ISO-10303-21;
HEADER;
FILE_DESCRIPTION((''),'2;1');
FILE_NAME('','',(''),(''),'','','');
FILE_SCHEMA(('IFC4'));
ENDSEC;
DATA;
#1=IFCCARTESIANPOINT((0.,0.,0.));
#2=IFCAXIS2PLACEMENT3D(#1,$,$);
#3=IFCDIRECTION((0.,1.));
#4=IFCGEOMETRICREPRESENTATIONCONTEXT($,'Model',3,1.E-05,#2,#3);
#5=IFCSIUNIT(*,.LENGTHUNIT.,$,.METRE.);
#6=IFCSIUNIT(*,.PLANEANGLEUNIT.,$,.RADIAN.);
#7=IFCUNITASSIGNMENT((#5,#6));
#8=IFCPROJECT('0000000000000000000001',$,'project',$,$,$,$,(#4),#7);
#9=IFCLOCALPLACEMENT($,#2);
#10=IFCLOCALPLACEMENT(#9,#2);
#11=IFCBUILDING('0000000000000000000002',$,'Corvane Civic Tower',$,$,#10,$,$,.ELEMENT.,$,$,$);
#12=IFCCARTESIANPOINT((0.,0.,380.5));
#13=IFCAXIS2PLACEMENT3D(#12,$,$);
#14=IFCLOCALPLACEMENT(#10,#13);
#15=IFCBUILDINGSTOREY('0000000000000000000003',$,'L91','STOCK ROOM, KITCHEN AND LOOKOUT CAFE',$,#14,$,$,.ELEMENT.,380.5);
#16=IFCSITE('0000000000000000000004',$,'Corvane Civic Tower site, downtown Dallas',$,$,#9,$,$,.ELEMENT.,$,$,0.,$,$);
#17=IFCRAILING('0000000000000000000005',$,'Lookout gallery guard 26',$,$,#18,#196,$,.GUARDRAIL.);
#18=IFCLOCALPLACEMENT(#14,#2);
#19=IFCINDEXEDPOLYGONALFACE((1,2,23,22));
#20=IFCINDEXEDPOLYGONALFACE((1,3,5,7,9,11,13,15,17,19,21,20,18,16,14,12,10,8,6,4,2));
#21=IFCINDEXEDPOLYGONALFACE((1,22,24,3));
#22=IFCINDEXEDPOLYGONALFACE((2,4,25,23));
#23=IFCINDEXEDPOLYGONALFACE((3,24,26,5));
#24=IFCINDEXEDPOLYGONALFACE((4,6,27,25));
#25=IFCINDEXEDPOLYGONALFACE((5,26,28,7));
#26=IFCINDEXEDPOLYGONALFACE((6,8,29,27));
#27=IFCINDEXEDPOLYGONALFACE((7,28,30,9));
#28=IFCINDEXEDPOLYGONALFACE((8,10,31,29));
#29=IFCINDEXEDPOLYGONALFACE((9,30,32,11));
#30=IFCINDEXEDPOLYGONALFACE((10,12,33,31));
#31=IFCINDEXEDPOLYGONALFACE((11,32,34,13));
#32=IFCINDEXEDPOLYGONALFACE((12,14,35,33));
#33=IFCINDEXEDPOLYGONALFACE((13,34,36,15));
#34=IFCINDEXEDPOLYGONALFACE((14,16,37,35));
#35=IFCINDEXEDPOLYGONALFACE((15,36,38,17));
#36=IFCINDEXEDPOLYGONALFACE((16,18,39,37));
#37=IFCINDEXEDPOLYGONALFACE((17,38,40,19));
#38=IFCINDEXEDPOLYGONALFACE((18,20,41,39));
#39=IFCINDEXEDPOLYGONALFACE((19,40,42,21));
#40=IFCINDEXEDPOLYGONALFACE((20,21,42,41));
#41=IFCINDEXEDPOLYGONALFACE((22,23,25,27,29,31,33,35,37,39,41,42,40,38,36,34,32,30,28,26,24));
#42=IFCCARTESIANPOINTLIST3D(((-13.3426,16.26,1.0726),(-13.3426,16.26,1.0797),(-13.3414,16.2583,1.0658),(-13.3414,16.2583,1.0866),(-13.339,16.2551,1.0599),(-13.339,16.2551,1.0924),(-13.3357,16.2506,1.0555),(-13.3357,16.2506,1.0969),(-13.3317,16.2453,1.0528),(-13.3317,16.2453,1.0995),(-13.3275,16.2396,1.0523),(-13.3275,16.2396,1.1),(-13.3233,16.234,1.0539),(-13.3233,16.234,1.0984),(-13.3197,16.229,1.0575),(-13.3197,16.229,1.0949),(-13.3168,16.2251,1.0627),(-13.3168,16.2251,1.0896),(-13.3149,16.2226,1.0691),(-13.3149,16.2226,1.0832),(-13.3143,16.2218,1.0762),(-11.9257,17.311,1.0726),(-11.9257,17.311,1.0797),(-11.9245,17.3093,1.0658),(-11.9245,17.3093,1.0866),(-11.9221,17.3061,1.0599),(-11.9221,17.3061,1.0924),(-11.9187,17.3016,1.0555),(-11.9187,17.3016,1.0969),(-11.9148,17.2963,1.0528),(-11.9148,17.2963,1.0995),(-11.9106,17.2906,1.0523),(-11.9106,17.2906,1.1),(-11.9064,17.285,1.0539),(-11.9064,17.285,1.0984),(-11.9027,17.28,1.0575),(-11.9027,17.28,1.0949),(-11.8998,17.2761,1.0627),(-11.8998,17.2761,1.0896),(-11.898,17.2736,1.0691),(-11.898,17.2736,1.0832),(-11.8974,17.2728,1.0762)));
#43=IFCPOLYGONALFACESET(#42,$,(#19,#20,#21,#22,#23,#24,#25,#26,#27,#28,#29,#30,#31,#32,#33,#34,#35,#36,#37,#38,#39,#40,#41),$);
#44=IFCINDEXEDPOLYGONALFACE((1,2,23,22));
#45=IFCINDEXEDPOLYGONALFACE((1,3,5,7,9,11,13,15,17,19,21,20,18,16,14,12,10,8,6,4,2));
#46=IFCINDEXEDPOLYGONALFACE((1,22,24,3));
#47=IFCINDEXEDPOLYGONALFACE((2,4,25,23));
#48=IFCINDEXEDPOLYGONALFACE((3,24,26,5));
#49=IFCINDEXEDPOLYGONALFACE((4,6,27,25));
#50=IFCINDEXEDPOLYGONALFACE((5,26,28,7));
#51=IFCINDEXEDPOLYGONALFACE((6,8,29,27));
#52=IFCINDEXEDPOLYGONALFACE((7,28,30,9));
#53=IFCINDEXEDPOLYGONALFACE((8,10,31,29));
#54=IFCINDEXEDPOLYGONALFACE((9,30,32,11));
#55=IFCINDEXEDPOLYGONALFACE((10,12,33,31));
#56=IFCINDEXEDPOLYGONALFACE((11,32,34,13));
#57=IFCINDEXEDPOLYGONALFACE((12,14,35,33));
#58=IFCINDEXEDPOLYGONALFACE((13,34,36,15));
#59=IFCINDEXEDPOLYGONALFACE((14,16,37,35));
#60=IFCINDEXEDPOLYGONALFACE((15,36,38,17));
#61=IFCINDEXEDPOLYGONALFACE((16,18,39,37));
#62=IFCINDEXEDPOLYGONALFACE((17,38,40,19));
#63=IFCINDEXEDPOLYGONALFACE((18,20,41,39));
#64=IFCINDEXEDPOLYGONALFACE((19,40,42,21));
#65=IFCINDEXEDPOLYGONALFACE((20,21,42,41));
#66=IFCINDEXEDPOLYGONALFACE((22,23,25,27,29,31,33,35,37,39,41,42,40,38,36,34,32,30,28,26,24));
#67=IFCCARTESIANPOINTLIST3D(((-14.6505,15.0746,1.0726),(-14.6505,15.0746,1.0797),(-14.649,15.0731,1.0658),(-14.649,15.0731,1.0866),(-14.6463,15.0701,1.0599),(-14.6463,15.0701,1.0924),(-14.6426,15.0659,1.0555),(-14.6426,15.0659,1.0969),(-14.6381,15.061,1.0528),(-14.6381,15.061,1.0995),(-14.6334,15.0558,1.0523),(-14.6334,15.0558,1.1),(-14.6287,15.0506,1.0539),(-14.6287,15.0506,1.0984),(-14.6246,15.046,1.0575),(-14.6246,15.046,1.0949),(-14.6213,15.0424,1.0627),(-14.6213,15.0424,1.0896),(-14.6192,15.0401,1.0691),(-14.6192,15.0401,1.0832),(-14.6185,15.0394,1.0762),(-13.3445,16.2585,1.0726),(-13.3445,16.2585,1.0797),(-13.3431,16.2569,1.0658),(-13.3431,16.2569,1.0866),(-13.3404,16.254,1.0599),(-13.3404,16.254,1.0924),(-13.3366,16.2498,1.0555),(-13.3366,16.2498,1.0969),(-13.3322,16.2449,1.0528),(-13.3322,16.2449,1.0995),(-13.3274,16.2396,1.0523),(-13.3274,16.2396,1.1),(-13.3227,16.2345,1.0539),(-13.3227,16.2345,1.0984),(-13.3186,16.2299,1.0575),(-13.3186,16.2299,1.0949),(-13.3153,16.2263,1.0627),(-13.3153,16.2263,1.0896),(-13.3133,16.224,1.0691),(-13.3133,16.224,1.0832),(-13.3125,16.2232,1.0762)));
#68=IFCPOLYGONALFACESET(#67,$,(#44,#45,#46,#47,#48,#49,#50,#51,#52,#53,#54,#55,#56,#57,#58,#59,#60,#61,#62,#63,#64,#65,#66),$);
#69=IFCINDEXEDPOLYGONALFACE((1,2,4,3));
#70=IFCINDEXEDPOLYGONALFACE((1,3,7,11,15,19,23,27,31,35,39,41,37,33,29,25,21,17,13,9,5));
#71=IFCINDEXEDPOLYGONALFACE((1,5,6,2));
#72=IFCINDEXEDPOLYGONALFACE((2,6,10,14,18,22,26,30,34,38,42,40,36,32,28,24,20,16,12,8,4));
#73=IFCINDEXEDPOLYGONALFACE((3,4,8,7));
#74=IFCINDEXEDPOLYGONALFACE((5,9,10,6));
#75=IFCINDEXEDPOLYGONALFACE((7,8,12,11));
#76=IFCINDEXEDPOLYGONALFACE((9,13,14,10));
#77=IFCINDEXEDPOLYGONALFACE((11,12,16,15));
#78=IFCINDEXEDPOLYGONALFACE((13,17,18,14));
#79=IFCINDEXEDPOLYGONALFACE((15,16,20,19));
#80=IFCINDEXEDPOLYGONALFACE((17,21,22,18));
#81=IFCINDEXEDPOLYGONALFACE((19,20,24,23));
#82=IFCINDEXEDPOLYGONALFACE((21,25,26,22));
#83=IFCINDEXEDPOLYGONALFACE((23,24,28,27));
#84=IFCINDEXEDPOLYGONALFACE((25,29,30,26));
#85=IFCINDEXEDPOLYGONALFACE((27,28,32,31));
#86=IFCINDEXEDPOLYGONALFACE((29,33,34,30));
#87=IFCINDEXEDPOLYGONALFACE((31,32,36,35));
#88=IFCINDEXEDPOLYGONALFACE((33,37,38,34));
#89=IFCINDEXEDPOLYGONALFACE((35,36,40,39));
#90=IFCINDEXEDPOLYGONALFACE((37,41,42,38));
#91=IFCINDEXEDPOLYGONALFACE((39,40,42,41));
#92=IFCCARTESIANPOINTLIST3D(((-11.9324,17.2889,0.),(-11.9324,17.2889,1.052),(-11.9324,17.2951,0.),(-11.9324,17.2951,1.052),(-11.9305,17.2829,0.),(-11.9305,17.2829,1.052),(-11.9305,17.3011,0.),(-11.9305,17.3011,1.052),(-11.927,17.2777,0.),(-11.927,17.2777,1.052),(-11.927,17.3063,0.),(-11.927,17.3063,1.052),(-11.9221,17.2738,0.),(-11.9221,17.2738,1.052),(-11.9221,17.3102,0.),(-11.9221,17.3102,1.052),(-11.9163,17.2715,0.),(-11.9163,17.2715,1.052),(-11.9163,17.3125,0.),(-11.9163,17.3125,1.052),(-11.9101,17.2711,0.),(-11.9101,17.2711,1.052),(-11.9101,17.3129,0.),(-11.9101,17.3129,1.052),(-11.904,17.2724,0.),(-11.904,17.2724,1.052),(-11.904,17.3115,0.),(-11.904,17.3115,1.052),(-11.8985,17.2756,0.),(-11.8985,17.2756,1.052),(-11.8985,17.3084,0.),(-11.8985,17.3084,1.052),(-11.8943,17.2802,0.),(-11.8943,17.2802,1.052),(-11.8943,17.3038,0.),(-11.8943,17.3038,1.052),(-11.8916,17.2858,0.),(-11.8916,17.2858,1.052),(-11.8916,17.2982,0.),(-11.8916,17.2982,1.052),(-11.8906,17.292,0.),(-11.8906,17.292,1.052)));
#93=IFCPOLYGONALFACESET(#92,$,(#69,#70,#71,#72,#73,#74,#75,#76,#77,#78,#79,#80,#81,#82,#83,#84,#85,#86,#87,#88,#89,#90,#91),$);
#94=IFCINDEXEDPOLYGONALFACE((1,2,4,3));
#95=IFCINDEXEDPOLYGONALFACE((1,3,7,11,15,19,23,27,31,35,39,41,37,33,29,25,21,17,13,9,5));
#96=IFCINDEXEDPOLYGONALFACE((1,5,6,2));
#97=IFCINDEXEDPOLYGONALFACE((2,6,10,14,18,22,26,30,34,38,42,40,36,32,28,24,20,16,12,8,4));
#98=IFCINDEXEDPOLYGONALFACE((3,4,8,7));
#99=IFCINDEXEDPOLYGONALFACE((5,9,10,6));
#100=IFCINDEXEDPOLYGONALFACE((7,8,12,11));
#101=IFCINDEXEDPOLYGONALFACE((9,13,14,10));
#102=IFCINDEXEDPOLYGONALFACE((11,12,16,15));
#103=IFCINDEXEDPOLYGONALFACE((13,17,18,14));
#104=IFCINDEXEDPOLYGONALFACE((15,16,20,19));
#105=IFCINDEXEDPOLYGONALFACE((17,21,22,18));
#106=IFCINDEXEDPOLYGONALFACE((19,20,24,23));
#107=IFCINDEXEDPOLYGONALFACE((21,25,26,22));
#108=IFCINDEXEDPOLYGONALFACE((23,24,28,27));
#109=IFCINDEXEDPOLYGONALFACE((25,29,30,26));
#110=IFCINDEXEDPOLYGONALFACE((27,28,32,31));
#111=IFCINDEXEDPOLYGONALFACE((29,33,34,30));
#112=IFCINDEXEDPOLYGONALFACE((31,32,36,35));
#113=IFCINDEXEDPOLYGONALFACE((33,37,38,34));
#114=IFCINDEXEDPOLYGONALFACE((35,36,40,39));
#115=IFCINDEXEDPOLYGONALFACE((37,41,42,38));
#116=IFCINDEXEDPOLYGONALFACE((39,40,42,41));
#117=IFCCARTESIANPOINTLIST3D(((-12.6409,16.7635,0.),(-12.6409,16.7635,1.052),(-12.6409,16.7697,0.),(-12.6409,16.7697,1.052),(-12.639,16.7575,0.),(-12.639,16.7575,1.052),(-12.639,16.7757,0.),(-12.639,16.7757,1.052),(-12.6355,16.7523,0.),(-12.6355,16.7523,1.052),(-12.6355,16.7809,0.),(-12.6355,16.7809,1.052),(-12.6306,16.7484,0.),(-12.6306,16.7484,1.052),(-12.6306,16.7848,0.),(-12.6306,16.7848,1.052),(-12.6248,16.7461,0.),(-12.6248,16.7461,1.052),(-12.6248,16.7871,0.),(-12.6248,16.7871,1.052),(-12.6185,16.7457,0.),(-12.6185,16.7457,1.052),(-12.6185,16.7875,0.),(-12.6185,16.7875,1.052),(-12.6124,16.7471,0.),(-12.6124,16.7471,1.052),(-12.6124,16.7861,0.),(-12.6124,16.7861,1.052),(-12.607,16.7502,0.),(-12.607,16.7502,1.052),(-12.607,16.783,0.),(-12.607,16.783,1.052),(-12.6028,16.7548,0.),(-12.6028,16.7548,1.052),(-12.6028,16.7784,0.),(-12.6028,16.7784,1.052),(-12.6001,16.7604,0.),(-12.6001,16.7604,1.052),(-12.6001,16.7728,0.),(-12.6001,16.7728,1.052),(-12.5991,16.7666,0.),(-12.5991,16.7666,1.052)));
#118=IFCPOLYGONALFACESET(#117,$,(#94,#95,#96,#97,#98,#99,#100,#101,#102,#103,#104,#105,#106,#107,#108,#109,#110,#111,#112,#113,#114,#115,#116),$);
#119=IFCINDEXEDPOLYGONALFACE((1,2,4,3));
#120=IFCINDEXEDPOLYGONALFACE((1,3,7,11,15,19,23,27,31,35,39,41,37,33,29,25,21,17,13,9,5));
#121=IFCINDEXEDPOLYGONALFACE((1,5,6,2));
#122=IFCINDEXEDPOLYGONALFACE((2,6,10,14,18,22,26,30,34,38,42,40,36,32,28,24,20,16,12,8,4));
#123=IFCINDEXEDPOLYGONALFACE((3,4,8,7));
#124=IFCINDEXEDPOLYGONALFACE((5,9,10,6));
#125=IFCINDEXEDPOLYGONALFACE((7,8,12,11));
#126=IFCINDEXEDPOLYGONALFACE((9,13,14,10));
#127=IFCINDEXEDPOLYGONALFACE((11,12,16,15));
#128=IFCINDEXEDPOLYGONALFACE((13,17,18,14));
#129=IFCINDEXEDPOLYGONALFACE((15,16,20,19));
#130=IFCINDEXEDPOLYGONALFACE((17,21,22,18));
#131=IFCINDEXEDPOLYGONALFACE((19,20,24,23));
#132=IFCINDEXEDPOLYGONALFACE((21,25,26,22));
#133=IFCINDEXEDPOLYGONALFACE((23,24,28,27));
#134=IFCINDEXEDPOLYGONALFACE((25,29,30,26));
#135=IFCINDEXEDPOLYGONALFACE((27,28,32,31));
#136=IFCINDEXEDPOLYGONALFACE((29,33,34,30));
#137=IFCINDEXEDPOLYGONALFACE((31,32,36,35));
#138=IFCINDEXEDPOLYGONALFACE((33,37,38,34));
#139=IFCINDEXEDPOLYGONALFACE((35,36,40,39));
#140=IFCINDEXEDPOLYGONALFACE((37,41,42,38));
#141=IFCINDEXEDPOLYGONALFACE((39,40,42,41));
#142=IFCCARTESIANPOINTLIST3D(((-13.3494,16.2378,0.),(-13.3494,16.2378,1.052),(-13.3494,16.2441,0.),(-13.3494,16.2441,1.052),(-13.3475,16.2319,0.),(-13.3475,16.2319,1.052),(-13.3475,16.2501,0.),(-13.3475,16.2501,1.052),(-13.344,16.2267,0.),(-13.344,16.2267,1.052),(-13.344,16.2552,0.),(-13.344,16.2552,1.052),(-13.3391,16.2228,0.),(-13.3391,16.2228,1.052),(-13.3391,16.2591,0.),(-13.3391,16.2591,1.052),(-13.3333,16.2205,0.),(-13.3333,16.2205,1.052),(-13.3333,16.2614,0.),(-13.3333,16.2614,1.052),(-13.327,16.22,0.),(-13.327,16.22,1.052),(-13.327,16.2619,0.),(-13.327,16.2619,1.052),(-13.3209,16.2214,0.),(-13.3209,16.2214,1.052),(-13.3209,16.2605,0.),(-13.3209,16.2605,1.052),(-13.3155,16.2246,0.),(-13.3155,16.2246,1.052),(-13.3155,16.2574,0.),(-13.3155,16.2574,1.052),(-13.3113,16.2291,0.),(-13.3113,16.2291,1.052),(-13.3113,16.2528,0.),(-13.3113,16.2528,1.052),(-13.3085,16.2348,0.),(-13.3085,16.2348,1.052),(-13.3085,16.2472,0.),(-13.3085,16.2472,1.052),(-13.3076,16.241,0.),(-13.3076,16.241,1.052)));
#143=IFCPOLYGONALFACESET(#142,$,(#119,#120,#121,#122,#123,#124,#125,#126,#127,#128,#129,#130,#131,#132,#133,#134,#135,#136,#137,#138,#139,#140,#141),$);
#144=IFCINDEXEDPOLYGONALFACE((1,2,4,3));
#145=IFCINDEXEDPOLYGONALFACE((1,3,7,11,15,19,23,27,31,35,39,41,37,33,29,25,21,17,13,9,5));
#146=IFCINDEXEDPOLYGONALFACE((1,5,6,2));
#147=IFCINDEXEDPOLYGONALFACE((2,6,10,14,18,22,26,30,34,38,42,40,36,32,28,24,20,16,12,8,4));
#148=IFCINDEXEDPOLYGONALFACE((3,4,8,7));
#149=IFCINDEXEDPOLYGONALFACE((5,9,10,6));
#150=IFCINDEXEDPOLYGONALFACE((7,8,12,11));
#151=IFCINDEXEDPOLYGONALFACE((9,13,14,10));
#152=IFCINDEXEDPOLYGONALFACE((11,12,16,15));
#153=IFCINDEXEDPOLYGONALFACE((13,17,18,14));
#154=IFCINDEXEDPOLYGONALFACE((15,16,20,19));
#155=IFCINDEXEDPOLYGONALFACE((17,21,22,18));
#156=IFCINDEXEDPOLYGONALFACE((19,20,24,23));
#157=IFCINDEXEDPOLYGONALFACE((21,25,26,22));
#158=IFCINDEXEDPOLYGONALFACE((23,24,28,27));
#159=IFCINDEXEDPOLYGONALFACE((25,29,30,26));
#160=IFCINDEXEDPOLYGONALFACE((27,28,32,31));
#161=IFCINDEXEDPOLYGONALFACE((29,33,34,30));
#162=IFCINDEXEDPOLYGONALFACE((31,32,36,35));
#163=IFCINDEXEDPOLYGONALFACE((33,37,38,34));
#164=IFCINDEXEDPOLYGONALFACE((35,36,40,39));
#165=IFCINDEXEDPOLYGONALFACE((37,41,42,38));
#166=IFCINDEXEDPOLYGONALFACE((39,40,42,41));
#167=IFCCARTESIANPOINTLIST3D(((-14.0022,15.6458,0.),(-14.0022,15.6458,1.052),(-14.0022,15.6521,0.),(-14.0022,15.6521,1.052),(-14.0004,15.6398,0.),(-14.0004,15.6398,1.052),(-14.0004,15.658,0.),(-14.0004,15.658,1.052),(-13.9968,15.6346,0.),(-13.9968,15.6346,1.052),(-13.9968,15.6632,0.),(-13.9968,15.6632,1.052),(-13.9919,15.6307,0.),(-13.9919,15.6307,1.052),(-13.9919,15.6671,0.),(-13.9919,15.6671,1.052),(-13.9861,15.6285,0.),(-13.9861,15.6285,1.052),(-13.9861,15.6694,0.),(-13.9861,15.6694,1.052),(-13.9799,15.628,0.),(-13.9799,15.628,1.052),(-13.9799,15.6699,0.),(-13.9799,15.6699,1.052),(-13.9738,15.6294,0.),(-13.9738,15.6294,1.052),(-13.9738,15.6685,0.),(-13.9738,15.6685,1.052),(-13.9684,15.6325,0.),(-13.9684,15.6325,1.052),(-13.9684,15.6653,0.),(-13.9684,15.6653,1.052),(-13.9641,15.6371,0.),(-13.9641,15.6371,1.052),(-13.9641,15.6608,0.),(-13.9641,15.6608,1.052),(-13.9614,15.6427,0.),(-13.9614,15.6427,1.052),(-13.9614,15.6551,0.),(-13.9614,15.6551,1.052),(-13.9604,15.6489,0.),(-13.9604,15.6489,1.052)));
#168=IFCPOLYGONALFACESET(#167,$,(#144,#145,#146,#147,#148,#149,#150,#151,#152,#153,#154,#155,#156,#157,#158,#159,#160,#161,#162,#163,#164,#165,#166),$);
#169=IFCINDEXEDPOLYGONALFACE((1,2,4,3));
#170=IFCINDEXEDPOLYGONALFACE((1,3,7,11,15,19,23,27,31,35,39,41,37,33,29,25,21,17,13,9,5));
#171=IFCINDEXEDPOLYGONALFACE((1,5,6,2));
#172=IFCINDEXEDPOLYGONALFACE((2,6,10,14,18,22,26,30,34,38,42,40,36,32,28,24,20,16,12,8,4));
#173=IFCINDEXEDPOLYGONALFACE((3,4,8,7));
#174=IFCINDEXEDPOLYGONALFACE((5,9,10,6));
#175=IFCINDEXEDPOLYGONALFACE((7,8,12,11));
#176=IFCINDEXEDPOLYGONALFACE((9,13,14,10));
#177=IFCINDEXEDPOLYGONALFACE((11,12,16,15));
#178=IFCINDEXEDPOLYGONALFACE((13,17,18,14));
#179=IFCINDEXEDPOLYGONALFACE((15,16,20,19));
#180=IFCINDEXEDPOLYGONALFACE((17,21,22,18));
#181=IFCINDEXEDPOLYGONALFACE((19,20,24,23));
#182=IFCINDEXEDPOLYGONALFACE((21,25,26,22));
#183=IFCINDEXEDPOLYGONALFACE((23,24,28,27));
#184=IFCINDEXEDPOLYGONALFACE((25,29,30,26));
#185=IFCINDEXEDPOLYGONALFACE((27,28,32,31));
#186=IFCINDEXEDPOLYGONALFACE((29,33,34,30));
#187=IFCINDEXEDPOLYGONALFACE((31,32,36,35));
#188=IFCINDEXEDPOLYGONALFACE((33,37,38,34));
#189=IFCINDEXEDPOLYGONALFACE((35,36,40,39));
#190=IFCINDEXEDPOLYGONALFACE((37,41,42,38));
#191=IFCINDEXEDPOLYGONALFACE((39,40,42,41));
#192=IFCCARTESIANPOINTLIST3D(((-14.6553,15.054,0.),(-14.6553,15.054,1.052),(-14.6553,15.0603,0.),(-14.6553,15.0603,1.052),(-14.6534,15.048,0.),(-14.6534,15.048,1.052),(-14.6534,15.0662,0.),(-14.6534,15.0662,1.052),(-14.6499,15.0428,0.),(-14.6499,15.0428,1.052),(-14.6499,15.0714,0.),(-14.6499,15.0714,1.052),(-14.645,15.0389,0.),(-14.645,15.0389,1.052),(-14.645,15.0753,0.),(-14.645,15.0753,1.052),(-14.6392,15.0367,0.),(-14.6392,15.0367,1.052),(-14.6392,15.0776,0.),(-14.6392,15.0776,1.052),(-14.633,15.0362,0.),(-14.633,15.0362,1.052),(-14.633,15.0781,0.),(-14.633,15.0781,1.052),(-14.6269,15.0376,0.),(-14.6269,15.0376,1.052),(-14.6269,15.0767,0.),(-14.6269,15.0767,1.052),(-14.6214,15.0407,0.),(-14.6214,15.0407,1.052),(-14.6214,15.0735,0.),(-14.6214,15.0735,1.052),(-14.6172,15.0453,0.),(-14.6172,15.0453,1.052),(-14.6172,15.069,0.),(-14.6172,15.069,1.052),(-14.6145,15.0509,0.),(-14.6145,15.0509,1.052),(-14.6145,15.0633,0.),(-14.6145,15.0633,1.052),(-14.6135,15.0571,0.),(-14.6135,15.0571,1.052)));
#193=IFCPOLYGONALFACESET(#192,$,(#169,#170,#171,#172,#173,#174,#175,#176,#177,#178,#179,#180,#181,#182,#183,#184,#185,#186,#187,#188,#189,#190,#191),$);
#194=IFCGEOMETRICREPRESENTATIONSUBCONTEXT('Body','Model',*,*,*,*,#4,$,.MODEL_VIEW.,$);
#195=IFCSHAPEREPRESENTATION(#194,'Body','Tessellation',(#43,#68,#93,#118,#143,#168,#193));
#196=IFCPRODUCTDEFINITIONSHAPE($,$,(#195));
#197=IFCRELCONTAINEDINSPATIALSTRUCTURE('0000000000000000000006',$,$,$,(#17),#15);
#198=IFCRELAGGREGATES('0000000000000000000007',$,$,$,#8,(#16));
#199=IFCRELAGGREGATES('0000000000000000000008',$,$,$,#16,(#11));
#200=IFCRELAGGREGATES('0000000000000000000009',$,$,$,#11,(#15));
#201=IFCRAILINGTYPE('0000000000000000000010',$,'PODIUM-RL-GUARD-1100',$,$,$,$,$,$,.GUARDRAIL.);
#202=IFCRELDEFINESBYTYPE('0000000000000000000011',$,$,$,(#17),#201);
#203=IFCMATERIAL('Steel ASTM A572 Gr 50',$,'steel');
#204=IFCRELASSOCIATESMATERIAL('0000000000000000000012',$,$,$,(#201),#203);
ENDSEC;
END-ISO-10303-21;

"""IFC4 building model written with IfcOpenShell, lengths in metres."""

from ifc_helpers import new_model, si_unit, direction, frame, origin, origin_2d, place, context, subcontext, project, spatial, circle, extrude, material, type_object, element, save


model = new_model("IFC4")

# Units and contexts
model_context = context("Model", 3, precision=1e-05, world=origin(), true_north=direction((0.0, 1.0)))
body_context = subcontext(model_context, "Body", "Model", "MODEL_VIEW")
ifc_project = project(units=[si_unit("LENGTHUNIT", "METRE"), si_unit("PLANEANGLEUNIT", "RADIAN")], contexts=[model_context])

# Site, building, storey
site_placement = place(None, origin())
site = spatial("IfcSite", under=ifc_project, at=site_placement, Name="Corvane Civic Tower site, downtown Dallas", CompositionType="ELEMENT", RefElevation=0.0)
building_placement = place(site_placement, origin())
building = spatial("IfcBuilding", under=site, at=building_placement, Name="Corvane Civic Tower", CompositionType="ELEMENT")
storey_placement = place(building_placement, frame((0.0, 0.0, 380.5)))
storey = spatial("IfcBuildingStorey", under=building, at=storey_placement, Name="L91", Description="STOCK ROOM, KITCHEN AND LOOKOUT CAFE", CompositionType="ELEMENT", Elevation=380.5)

# Railing
ifc_material_1 = material(Name="Steel ASTM A572 Gr 50", Category="steel")
railing_type = type_object("IfcRailingType", Name="PODIUM-RL-GUARD-1100", PredefinedType="GUARDRAIL", material=ifc_material_1)
railing_1_placement = place(storey_placement, frame((-11.9116, 17.292, 0.0)))
element("IfcRailing", 1, at=railing_1_placement, inside=storey, type_object=railing_type, Name="Lookout gallery guard 26", PredefinedType="GUARDRAIL", context=body_context, shape_type="SweptSolid", body=[
    extrude(circle(Radius=0.0239, at=origin_2d()), frame((0.0, 0.0, 1.0762), z_axis=(-0.803177, -0.59574, 0.0), x_axis=(0.59574, -0.803177, 0.0)), (0.0, 0.0, 1.0), 1.7642),
    extrude(circle(Radius=0.0239, at=origin_2d()), frame((-1.417, -1.051, 1.0762), z_axis=(-0.740886, -0.671631, 0.0), x_axis=(0.671631, -0.740886, 0.0)), (0.0, 0.0, 1.0), 1.7627),
    extrude(circle(Radius=0.021, at=origin_2d()), origin(), (0.0, 0.0, 1.0), 1.052),
    extrude(circle(Radius=0.021, at=origin_2d()), frame((-0.7085, -0.5254, 0.0)), (0.0, 0.0, 1.0), 1.052),
    extrude(circle(Radius=0.021, at=origin_2d()), frame((-1.417, -1.051, 0.0)), (0.0, 0.0, 1.0), 1.052),
    extrude(circle(Radius=0.021, at=origin_2d()), frame((-2.0698, -1.6431, 0.0)), (0.0, 0.0, 1.0), 1.052),
    extrude(circle(Radius=0.021, at=origin_2d()), frame((-2.7229, -2.2349, 0.0)), (0.0, 0.0, 1.0), 1.052),
])

save(model, "model.ifc")
